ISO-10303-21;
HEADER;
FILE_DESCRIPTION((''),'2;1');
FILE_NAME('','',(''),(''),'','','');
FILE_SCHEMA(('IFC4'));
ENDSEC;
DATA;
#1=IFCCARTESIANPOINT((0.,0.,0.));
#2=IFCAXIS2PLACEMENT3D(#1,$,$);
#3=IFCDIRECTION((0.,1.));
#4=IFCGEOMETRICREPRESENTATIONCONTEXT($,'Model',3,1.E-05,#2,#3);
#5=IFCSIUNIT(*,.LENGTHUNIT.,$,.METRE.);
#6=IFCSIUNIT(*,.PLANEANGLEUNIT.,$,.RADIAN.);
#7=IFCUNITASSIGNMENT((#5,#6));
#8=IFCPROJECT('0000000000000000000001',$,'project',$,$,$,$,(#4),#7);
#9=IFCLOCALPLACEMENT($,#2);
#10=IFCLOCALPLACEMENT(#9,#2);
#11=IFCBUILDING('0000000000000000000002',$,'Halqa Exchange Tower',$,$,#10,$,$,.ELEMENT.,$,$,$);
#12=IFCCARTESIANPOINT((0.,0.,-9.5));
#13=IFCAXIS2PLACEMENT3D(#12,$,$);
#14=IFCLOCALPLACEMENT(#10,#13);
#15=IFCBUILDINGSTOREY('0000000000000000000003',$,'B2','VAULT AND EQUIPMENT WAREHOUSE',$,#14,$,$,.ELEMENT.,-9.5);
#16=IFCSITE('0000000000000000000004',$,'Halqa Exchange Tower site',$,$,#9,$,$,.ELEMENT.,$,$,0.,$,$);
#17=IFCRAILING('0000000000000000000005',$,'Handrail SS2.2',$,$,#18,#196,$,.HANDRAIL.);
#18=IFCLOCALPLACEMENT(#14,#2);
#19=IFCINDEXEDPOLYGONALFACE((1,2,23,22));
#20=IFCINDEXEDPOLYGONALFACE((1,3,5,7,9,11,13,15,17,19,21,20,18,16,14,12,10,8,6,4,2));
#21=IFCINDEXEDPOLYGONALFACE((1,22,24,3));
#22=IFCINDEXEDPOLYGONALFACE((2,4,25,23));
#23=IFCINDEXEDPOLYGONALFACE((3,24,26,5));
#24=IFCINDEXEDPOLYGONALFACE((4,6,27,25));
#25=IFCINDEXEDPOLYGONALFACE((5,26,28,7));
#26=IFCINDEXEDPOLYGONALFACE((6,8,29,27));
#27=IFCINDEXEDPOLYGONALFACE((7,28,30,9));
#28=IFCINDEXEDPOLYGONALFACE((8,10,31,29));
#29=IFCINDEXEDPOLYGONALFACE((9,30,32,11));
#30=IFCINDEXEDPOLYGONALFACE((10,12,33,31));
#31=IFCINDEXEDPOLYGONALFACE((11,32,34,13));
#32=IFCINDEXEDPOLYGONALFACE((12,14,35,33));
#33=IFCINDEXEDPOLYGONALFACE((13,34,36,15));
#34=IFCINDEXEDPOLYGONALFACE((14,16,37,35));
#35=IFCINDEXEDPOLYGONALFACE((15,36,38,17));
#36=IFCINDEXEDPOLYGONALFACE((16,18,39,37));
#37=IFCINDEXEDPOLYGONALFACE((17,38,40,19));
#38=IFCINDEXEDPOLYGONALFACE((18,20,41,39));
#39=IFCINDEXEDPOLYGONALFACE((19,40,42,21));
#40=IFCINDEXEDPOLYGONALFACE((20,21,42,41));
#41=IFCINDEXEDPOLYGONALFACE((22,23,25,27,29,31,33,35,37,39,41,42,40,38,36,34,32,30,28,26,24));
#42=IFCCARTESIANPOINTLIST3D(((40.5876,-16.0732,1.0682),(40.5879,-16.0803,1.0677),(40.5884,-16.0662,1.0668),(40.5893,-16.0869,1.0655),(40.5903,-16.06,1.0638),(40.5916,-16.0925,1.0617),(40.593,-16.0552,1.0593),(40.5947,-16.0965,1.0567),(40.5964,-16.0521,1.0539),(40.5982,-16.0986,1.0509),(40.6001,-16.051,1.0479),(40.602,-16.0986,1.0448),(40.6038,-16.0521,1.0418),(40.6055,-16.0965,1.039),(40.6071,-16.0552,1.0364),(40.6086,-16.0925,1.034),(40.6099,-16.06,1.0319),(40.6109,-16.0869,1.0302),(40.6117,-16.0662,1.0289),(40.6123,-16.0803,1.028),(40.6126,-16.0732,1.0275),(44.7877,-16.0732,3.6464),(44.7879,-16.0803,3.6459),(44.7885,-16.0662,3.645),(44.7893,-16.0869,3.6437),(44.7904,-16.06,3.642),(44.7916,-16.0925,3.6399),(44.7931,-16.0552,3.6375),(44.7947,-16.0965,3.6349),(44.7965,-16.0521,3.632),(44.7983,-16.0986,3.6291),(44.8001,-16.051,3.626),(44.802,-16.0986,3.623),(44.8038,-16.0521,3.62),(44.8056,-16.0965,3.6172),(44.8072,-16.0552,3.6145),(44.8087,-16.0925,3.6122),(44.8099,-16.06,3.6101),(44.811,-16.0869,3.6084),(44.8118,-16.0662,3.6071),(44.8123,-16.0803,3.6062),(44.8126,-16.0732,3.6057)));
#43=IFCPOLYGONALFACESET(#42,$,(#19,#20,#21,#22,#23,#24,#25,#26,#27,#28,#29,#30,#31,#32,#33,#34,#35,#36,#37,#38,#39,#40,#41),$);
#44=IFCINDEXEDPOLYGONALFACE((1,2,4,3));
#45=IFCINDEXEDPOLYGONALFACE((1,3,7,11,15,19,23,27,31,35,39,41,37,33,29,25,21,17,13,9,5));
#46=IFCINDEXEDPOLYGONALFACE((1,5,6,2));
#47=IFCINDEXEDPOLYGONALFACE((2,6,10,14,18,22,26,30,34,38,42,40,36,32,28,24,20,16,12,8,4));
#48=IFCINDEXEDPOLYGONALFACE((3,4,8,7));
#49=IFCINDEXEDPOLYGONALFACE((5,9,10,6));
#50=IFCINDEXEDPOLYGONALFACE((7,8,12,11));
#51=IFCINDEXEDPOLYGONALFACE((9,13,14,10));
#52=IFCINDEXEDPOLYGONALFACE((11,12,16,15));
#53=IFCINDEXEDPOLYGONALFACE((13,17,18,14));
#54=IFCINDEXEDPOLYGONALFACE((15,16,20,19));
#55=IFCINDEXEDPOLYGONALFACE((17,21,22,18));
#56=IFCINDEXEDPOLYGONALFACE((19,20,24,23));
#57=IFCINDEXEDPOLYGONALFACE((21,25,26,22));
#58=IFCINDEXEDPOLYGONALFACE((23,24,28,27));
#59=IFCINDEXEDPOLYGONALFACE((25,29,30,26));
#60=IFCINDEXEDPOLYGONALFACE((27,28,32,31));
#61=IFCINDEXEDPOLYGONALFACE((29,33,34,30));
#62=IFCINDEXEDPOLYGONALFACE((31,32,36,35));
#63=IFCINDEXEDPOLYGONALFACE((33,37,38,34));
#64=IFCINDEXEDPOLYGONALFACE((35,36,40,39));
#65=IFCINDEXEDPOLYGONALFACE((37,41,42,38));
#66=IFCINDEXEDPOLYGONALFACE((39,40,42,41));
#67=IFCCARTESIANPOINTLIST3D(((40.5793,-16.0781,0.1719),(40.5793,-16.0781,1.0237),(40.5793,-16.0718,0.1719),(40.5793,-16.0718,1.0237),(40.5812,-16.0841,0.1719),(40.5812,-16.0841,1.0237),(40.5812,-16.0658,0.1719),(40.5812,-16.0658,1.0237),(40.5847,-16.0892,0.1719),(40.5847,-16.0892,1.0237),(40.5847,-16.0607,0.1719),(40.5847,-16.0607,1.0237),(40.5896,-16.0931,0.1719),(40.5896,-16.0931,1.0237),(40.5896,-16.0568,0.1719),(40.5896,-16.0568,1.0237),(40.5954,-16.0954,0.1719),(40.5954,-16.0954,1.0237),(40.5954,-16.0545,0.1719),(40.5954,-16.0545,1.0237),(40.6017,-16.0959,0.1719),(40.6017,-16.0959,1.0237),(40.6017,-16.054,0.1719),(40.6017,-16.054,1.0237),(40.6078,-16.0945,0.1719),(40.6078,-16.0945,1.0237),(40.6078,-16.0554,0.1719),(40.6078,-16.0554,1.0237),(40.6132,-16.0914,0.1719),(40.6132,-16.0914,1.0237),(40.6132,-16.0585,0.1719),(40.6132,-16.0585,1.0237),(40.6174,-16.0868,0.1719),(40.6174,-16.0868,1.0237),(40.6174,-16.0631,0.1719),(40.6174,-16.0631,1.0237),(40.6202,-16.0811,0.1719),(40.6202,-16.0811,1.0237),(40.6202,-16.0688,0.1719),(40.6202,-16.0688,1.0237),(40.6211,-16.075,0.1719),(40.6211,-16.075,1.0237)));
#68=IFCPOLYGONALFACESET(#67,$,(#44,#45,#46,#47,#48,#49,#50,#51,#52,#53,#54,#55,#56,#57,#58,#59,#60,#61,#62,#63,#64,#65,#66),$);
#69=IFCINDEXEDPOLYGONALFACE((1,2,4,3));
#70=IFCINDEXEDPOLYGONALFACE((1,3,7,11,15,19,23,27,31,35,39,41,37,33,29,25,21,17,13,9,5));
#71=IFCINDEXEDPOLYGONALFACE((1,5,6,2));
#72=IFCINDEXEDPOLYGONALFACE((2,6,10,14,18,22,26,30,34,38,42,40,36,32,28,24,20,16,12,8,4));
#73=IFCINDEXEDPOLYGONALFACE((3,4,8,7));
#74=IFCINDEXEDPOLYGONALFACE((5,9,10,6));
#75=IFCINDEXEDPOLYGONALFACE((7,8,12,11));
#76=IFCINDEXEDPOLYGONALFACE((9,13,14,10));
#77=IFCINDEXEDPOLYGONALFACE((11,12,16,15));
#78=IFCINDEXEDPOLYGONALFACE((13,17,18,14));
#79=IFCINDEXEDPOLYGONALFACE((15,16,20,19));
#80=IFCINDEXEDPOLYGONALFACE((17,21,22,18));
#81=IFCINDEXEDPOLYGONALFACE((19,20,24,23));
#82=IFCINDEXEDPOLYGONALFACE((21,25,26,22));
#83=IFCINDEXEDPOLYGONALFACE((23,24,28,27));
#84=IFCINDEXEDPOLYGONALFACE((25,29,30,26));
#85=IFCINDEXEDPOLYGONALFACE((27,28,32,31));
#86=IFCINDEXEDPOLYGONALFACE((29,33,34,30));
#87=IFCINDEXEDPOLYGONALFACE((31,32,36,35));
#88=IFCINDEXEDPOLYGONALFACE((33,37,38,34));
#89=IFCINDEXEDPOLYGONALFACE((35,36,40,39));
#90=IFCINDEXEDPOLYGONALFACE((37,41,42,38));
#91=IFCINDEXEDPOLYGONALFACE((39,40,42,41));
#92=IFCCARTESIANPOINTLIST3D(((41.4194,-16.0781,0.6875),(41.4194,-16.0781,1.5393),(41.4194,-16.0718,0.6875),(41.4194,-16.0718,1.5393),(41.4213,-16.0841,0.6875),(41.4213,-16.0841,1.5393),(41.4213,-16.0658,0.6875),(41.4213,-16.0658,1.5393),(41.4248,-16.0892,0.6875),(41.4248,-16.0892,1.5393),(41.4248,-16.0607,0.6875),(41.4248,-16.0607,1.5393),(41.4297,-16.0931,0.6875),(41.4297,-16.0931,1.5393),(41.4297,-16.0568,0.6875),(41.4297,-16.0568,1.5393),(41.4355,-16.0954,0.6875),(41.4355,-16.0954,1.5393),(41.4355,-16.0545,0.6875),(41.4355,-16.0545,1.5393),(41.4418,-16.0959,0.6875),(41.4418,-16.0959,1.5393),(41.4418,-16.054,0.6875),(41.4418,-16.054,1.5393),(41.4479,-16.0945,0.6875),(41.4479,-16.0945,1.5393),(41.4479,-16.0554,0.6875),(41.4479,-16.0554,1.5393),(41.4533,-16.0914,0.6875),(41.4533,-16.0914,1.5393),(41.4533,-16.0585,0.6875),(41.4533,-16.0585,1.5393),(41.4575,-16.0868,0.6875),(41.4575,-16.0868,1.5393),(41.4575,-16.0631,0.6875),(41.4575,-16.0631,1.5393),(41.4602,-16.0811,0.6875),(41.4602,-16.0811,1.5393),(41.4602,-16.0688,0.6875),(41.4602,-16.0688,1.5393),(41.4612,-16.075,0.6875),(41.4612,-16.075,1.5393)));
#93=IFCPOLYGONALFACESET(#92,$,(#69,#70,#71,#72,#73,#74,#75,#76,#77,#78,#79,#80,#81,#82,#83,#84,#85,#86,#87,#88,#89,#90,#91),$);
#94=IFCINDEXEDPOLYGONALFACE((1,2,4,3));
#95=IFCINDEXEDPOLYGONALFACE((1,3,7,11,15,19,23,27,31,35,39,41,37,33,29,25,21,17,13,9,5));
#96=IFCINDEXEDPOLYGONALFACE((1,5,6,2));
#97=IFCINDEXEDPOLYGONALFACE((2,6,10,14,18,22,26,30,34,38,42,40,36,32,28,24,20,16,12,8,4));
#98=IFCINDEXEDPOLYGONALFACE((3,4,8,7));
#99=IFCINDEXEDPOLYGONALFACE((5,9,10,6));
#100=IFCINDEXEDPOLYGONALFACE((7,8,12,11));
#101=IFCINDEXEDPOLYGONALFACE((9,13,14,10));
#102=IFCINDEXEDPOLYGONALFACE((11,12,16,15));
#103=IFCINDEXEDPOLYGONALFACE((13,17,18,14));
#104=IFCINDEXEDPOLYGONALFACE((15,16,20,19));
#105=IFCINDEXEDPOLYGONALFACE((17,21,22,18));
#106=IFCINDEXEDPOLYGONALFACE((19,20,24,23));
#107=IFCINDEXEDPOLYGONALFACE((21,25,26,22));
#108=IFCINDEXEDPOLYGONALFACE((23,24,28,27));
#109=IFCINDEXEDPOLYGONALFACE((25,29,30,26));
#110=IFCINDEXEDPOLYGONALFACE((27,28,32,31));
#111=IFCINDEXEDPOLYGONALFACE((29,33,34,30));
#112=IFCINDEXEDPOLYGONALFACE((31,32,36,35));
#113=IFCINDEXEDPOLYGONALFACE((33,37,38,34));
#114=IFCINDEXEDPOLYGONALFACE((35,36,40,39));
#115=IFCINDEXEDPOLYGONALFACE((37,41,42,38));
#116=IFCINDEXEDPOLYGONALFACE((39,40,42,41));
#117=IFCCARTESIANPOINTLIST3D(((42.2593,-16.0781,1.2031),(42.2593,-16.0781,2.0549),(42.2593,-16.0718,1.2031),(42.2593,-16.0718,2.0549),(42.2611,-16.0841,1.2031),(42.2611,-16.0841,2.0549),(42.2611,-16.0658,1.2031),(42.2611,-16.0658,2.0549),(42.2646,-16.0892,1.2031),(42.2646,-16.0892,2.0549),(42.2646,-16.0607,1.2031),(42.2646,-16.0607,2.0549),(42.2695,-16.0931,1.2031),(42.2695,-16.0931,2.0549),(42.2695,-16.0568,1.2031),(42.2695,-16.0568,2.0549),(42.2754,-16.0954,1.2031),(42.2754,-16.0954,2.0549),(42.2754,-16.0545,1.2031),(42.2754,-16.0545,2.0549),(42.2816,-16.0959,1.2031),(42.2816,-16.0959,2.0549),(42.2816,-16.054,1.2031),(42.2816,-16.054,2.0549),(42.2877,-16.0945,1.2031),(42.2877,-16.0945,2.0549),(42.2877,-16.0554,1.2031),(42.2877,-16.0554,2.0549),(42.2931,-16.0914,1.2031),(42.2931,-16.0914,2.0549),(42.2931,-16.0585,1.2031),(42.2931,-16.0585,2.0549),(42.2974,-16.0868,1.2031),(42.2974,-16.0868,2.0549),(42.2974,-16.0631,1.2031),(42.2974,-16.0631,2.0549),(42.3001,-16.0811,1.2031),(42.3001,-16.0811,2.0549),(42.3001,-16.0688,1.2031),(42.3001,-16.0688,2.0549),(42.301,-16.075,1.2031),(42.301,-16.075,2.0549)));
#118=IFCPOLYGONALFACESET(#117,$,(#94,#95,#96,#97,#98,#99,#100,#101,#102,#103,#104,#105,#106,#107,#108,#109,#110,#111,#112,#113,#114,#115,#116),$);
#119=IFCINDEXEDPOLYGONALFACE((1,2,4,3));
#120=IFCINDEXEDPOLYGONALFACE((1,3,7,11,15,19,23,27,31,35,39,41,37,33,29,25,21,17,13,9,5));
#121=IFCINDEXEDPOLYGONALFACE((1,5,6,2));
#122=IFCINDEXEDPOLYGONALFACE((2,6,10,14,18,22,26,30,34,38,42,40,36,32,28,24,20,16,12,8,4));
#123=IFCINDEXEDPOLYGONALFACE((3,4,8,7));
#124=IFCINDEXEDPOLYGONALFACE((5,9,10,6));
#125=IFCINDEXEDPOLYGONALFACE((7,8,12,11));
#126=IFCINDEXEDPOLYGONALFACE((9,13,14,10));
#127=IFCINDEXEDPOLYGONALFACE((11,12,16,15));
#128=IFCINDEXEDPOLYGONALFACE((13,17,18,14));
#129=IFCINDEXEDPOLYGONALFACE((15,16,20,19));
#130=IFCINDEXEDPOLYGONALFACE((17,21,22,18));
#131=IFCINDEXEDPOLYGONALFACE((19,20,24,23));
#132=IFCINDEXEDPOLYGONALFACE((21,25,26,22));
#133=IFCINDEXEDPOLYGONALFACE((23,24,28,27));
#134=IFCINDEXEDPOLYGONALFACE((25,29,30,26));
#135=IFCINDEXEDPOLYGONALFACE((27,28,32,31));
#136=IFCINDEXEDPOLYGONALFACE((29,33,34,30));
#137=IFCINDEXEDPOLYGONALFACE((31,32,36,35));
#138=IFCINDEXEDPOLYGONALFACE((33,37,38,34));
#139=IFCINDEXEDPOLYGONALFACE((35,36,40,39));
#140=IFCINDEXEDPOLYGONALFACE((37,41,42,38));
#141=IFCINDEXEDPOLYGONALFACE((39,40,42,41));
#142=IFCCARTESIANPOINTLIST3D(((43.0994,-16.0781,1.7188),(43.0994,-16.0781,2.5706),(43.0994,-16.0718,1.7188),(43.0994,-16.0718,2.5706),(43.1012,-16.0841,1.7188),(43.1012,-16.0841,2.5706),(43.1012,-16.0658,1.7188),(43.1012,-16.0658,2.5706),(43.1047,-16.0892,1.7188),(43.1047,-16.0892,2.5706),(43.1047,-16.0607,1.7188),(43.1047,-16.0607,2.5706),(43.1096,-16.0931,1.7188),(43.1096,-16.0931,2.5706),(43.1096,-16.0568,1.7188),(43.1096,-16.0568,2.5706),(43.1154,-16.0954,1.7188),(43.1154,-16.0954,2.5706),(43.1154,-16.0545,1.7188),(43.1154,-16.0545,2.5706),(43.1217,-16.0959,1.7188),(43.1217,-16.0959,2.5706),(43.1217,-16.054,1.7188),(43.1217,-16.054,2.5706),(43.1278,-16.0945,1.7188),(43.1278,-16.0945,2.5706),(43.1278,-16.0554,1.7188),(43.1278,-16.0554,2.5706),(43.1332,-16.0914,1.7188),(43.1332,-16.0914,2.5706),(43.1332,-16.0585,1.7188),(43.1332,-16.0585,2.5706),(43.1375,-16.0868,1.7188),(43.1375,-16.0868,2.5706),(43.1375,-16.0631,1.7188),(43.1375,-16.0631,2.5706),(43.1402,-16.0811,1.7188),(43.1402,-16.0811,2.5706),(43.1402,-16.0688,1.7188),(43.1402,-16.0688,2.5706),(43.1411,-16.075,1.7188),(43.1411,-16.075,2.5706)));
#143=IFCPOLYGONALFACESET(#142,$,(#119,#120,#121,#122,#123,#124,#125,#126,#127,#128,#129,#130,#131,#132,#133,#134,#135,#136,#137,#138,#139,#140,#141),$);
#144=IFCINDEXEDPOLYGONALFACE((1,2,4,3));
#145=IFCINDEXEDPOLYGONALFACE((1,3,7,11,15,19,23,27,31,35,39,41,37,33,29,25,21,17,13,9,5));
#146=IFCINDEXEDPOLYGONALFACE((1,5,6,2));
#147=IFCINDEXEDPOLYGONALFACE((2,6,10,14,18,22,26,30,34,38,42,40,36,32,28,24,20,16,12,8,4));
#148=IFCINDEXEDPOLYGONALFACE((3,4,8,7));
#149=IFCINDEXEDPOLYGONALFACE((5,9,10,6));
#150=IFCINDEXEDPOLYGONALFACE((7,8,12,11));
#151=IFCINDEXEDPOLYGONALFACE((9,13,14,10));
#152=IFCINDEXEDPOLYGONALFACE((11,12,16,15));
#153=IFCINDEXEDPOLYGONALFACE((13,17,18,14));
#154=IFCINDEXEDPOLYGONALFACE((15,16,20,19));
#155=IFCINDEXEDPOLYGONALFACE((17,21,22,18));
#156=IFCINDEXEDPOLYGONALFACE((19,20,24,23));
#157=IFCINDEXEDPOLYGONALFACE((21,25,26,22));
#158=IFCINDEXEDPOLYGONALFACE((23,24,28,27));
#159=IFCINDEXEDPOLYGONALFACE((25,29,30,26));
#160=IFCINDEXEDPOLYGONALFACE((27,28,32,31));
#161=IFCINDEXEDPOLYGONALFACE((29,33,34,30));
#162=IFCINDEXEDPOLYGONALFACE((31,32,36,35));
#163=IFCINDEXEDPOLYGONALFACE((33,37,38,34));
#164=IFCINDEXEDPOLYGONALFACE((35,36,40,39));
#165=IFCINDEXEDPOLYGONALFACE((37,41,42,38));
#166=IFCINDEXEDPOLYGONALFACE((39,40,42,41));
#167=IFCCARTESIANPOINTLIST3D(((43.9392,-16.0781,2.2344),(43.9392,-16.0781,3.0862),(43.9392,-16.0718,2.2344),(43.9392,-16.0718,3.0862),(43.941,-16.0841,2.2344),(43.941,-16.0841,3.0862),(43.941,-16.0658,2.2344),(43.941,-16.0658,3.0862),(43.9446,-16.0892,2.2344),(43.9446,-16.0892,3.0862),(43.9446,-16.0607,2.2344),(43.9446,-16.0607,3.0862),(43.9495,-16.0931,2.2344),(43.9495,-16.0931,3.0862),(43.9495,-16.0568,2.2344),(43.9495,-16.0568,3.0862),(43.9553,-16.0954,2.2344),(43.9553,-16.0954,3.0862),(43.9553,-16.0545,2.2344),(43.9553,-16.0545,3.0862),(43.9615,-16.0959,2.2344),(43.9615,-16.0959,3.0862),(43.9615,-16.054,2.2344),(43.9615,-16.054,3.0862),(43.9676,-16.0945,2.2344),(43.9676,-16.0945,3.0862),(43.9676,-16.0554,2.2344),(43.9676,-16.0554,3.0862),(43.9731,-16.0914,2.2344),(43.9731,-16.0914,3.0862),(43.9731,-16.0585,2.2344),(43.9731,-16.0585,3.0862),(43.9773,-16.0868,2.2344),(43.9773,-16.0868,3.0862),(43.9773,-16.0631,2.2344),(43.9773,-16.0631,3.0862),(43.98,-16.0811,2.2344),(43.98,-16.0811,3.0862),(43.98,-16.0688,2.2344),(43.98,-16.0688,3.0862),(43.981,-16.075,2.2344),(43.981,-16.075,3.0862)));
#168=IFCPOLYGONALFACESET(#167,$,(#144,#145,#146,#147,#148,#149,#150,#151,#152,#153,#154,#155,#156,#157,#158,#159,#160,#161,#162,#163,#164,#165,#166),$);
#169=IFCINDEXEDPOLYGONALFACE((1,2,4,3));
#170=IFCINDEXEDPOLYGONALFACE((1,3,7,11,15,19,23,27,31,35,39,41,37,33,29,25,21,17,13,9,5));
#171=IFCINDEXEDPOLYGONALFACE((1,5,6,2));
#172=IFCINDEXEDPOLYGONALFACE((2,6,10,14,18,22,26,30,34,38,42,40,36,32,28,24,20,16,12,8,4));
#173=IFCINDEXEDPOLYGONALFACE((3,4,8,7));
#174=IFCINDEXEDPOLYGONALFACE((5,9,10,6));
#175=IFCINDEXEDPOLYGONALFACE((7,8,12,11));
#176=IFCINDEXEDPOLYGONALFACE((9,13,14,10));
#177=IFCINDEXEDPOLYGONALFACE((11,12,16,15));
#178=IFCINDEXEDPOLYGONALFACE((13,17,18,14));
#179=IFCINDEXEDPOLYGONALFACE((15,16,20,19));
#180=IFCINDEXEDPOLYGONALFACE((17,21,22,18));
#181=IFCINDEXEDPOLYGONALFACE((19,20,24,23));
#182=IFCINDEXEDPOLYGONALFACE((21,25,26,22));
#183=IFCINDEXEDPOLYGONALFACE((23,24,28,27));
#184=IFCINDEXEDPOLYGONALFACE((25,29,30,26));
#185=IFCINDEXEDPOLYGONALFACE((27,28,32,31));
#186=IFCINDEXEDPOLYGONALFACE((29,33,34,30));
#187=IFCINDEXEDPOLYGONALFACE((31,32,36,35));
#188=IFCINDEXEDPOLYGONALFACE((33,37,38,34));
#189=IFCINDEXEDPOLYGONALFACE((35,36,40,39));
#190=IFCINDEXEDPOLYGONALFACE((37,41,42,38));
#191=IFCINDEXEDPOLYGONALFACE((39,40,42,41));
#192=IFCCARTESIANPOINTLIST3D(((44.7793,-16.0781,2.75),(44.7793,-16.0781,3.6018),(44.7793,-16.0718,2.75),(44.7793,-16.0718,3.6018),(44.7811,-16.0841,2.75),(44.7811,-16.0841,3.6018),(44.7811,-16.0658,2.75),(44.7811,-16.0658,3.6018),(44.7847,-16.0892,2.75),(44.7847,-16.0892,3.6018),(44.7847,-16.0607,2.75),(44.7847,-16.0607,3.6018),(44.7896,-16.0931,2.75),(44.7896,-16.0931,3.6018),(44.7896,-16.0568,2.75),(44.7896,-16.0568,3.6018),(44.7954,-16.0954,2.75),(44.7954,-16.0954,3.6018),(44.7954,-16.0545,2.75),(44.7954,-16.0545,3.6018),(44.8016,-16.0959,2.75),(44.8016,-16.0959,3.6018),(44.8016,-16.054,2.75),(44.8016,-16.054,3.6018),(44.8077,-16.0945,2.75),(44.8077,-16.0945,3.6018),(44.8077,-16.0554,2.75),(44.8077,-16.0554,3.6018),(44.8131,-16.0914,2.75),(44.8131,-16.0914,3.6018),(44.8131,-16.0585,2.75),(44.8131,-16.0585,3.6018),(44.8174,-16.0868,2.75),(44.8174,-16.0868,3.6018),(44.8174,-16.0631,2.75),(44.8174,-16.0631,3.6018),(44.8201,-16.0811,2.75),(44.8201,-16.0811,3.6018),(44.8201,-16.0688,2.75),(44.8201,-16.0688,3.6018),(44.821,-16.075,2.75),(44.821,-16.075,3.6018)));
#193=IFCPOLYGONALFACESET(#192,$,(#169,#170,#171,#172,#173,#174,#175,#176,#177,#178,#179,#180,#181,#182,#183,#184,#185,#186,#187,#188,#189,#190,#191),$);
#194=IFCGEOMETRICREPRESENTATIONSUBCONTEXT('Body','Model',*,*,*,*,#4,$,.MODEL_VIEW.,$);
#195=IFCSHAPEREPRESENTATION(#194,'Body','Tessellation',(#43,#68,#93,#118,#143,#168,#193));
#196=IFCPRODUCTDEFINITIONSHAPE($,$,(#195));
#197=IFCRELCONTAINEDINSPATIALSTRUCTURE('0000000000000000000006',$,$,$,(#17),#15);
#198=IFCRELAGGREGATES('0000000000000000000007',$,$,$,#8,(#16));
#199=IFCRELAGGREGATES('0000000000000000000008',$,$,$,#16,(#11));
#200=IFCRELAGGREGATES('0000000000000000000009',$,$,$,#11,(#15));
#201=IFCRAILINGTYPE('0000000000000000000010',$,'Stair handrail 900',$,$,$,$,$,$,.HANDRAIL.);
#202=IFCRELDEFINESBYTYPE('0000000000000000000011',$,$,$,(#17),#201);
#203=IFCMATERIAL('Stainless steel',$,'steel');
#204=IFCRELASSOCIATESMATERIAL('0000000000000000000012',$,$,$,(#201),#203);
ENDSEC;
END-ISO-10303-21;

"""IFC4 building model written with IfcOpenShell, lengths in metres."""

from ifc_helpers import new_model, si_unit, direction, frame, origin, origin_2d, place, context, subcontext, project, spatial, circle, extrude, material, type_object, element, save


model = new_model("IFC4")

# Units and contexts
model_context = context("Model", 3, precision=1e-05, world=origin(), true_north=direction((0.0, 1.0)))
body_context = subcontext(model_context, "Body", "Model", "MODEL_VIEW")
ifc_project = project(units=[si_unit("LENGTHUNIT", "METRE"), si_unit("PLANEANGLEUNIT", "RADIAN")], contexts=[model_context])

# Site, building, storey
site_placement = place(None, origin())
site = spatial("IfcSite", under=ifc_project, at=site_placement, Name="Halqa Exchange Tower site", CompositionType="ELEMENT", RefElevation=0.0)
building_placement = place(site_placement, origin())
building = spatial("IfcBuilding", under=site, at=building_placement, Name="Halqa Exchange Tower", CompositionType="ELEMENT")
storey_placement = place(building_placement, frame((0.0, 0.0, -9.5)))
storey = spatial("IfcBuildingStorey", under=building, at=storey_placement, Name="B2", Description="VAULT AND EQUIPMENT WAREHOUSE", CompositionType="ELEMENT", Elevation=-9.5)

# Railing
ifc_material_1 = material(Name="Stainless steel", Category="steel")
railing_type_1 = type_object("IfcRailingType", Name="Stair handrail 900", PredefinedType="HANDRAIL", material=ifc_material_1)
railing_1_placement = place(storey_placement, frame((40.6001, -16.075, 0.1719)))
element("IfcRailing", 1, at=railing_1_placement, inside=storey, type_object=railing_type_1, Name="Handrail SS2.2", PredefinedType="HANDRAIL", context=body_context, shape_type="SweptSolid", body=[
    extrude(circle(Radius=0.0239, at=origin_2d()), frame((0.0, 0.0, 0.876), z_axis=(0.852243, 0.0, 0.523146), x_axis=(0.0, 1.0, 0.0)), (0.0, 0.0, 1.0), 4.9282),
    extrude(circle(Radius=0.021, at=origin_2d()), origin(), (0.0, 0.0, 1.0), 0.8518),
    extrude(circle(Radius=0.021, at=origin_2d()), frame((0.8401, 0.0, 0.5156)), (0.0, 0.0, 1.0), 0.8518),
    extrude(circle(Radius=0.021, at=origin_2d()), frame((1.6799, 0.0, 1.0312)), (0.0, 0.0, 1.0), 0.8518),
    extrude(circle(Radius=0.021, at=origin_2d()), frame((2.52, 0.0, 1.5469)), (0.0, 0.0, 1.0), 0.8518),
    extrude(circle(Radius=0.021, at=origin_2d()), frame((3.3599, 0.0, 2.0625)), (0.0, 0.0, 1.0), 0.8518),
    extrude(circle(Radius=0.021, at=origin_2d()), frame((4.2, 0.0, 2.5781)), (0.0, 0.0, 1.0), 0.8518),
])

save(model, "model.ifc")
